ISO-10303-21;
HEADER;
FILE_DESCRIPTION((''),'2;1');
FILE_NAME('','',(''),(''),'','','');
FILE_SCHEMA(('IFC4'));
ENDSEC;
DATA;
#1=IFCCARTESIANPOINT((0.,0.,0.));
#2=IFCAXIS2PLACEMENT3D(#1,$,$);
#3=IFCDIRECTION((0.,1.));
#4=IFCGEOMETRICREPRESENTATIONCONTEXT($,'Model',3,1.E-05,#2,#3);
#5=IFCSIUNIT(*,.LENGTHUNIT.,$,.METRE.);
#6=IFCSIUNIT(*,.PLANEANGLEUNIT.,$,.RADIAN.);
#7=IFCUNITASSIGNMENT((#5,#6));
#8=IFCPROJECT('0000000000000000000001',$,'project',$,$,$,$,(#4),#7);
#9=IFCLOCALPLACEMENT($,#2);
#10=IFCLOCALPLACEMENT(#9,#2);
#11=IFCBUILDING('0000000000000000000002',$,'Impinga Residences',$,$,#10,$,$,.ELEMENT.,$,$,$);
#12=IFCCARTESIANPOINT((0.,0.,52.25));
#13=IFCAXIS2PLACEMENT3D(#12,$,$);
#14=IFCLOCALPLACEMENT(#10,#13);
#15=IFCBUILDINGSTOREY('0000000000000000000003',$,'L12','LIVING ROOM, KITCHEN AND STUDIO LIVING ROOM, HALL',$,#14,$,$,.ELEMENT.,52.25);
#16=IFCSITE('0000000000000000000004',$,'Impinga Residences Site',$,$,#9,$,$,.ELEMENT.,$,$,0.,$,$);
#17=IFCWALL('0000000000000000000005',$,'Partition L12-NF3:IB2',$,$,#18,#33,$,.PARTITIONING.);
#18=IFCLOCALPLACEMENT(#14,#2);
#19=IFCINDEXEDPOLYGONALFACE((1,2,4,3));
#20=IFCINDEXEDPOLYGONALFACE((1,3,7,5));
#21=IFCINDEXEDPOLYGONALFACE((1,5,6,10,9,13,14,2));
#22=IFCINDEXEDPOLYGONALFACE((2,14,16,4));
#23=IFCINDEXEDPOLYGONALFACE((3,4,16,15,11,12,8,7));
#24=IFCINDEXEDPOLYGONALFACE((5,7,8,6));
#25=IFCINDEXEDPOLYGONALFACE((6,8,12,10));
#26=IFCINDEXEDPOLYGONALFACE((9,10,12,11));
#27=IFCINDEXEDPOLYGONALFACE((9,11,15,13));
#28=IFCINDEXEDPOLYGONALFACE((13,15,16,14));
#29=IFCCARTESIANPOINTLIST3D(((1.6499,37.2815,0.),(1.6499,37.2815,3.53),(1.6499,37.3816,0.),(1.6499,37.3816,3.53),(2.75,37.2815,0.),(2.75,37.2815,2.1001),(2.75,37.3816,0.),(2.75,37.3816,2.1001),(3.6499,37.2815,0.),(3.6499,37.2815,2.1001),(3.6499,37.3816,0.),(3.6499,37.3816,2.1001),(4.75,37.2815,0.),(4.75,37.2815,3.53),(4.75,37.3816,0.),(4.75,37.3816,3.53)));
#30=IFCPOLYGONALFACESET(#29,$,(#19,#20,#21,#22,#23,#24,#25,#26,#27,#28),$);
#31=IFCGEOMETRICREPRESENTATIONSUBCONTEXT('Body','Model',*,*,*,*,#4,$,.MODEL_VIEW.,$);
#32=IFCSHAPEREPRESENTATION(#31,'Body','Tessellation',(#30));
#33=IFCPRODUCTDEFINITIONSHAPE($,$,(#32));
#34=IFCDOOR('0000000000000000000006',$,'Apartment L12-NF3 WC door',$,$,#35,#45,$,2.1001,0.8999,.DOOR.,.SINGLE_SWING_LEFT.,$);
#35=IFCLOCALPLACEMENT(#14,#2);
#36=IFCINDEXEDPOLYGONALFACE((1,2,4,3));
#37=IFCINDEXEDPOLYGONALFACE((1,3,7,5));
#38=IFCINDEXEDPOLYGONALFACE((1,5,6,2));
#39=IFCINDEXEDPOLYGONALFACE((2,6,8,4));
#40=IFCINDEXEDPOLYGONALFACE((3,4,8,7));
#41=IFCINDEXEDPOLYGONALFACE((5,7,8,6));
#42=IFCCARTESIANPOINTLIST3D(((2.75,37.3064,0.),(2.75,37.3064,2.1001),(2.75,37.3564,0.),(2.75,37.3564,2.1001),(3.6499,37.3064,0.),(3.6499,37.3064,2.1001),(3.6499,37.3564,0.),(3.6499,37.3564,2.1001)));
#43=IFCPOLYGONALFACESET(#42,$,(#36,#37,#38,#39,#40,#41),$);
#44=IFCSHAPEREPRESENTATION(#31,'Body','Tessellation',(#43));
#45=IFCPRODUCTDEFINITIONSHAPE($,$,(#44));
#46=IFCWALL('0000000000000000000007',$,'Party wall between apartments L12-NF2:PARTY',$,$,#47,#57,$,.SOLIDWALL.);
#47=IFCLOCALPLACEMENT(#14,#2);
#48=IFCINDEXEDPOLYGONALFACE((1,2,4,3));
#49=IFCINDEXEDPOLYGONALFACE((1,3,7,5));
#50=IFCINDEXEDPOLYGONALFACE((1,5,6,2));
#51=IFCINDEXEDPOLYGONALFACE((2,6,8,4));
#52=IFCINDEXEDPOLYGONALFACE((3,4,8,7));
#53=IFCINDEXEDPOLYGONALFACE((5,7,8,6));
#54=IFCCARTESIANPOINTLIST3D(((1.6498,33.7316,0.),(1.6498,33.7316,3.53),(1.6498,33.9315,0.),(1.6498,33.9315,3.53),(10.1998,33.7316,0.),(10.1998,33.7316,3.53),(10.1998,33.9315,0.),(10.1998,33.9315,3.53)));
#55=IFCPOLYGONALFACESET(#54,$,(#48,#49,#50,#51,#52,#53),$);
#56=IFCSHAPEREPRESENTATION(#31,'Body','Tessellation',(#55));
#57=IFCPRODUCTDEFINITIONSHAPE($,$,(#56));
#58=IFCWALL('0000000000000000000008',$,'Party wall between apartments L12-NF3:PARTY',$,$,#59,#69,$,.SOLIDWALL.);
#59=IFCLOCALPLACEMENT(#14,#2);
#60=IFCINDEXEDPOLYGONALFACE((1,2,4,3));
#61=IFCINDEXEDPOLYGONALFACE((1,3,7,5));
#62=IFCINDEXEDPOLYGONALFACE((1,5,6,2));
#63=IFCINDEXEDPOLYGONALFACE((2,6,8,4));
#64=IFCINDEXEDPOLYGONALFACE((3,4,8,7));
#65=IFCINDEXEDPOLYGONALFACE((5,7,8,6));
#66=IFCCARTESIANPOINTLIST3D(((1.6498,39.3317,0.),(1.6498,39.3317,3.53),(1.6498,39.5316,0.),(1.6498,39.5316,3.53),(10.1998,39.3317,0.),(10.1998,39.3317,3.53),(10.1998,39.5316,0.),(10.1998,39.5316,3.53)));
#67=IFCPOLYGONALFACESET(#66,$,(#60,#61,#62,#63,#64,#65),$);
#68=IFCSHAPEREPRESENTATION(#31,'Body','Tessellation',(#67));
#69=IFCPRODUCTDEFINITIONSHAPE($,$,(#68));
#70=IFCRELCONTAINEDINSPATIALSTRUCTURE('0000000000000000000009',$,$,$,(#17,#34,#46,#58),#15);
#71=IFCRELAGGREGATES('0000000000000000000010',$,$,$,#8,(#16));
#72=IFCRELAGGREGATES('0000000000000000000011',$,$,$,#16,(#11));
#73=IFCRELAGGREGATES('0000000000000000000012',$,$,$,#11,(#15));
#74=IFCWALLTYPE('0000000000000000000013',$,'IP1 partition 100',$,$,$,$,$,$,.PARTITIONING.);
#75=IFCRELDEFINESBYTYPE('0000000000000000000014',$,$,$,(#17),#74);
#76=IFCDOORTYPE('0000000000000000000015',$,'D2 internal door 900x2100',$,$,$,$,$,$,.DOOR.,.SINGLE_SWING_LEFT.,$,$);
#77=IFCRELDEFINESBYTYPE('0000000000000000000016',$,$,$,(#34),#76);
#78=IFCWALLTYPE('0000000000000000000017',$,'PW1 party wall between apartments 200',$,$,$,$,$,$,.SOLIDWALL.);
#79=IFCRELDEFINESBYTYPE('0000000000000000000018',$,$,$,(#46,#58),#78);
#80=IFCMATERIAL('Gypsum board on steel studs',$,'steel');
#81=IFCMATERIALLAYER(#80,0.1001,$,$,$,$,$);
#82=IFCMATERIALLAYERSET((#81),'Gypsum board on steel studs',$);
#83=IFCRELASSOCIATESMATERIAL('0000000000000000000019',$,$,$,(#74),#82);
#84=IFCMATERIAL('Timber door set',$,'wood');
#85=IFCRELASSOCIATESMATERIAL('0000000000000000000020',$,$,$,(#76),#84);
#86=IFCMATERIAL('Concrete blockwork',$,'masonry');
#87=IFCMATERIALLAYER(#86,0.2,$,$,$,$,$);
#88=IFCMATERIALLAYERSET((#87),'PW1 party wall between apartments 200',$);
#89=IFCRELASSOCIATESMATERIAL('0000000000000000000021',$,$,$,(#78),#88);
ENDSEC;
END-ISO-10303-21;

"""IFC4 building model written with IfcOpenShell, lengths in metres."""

from ifc_helpers import new_model, si_unit, direction, frame, frame_2d, origin, place, context, subcontext, project, spatial, rectangle, extrude, material, layer, layer_set, type_object, element, fill, save


model = new_model("IFC4")

# Units and contexts
model_context = context("Model", 3, precision=1e-05, world=origin(), true_north=direction((0.0, 1.0)))
body_context = subcontext(model_context, "Body", "Model", "MODEL_VIEW")
ifc_project = project(units=[si_unit("LENGTHUNIT", "METRE"), si_unit("PLANEANGLEUNIT", "RADIAN")], contexts=[model_context])

# Site, building, storey
site_placement = place(None, origin())
site = spatial("IfcSite", under=ifc_project, at=site_placement, Name="Impinga Residences Site", CompositionType="ELEMENT", RefElevation=0.0)
building_placement = place(site_placement, origin())
building = spatial("IfcBuilding", under=site, at=building_placement, Name="Impinga Residences", CompositionType="ELEMENT")
storey_placement = place(building_placement, frame((0.0, 0.0, 52.25)))
storey = spatial("IfcBuildingStorey", under=building, at=storey_placement, Name="L12", Description="LIVING ROOM, KITCHEN AND STUDIO LIVING ROOM, HALL", CompositionType="ELEMENT", Elevation=52.25)

# Shared definitions
ifc_material_1 = material(Name="Gypsum board on steel studs", Category="steel")
ifc_layer_1 = layer(ifc_material_1, 0.1001)
ifc_layer_set_1 = layer_set([ifc_layer_1], Name="Gypsum board on steel studs")
wall_type_1 = type_object("IfcWallType", Name="IP1 partition 100", PredefinedType="PARTITIONING", material=ifc_layer_set_1)

# Shared definitions
ifc_material_2 = material(Name="Timber door set", Category="wood")
door_type = type_object("IfcDoorType", Name="D2 internal door 900x2100", OperationType="SINGLE_SWING_LEFT", PredefinedType="DOOR", material=ifc_material_2)

# Wall, opening, door
wall_1_placement = place(storey_placement, frame((1.6499, 37.3315, 0.0), z_axis=(0.0, 0.0, 1.0), x_axis=(1.0, 0.0, 0.0)))
wall_1 = element("IfcWall", 1, at=wall_1_placement, inside=storey, type_object=wall_type_1, Name="Partition L12-NF3:IB2", PredefinedType="PARTITIONING", context=body_context, shape_type="SweptSolid", body=[
    extrude(rectangle(XDim=3.1001, YDim=0.1001, at=frame_2d((1.55, 0.0))), origin(), (0.0, 0.0, 1.0), 3.53),
])
opening_1_placement = place(wall_1_placement, frame((1.1001, 0.0, 0.0)))
opening_1 = element("IfcOpeningElement", 2, at=opening_1_placement, cuts=wall_1, PredefinedType="OPENING", context=body_context, shape_type="SweptSolid", body=[
    extrude(rectangle(XDim=0.8999, YDim=2.1001, at=frame_2d((0.45, 1.05))), frame((0.0, 0.0601, 0.0), z_axis=(0.0, -1.0, 0.0), x_axis=(1.0, 0.0, 0.0)), (0.0, 0.0, 1.0), 0.1201),
])
door_1_placement = place(opening_1_placement, origin())
door_1 = element("IfcDoor", 3, at=door_1_placement, inside=storey, type_object=door_type, Name="Apartment L12-NF3 WC door", OperationType="SINGLE_SWING_LEFT", OverallHeight=2.1001, OverallWidth=0.8999, PredefinedType="DOOR", context=body_context, shape_type="SweptSolid", body=[
    extrude(rectangle(XDim=0.8999, YDim=2.1001, at=frame_2d((0.45, 1.05))), frame((0.0, 0.0249, 0.0), z_axis=(0.0, -1.0, 0.0), x_axis=(1.0, 0.0, 0.0)), (0.0, 0.0, 1.0), 0.05),
])
fill(opening_1, door_1)

# Walls
ifc_material_3 = material(Name="Concrete blockwork", Category="masonry")
ifc_layer_2 = layer(ifc_material_3, 0.2)
ifc_layer_set_2 = layer_set([ifc_layer_2], Name="PW1 party wall between apartments 200")
wall_type_2 = type_object("IfcWallType", Name="PW1 party wall between apartments 200", PredefinedType="SOLIDWALL", material=ifc_layer_set_2)
for number, where, z_axis, x_axis, name in (
    (4, (1.6499, 33.8315, 0.0), (0.0, 0.0, 1.0), (1.0, 0.0, 0.0), "Party wall between apartments L12-NF2:PARTY"),
    (5, (1.6499, 39.4316, 0.0), (0.0, 0.0, 1.0), (1.0, 0.0, 0.0), "Party wall between apartments L12-NF3:PARTY"),
):
    element("IfcWall", number, at=place(storey_placement, frame(where, z_axis=z_axis, x_axis=x_axis)), inside=storey, type_object=wall_type_2, Name=name, PredefinedType="SOLIDWALL", context=body_context, shape_type="SweptSolid", body=[
        extrude(rectangle(XDim=8.55, YDim=0.2, at=frame_2d((4.2749, 0.0))), origin(), (0.0, 0.0, 1.0), 3.53),
    ])

save(model, "model.ifc")
